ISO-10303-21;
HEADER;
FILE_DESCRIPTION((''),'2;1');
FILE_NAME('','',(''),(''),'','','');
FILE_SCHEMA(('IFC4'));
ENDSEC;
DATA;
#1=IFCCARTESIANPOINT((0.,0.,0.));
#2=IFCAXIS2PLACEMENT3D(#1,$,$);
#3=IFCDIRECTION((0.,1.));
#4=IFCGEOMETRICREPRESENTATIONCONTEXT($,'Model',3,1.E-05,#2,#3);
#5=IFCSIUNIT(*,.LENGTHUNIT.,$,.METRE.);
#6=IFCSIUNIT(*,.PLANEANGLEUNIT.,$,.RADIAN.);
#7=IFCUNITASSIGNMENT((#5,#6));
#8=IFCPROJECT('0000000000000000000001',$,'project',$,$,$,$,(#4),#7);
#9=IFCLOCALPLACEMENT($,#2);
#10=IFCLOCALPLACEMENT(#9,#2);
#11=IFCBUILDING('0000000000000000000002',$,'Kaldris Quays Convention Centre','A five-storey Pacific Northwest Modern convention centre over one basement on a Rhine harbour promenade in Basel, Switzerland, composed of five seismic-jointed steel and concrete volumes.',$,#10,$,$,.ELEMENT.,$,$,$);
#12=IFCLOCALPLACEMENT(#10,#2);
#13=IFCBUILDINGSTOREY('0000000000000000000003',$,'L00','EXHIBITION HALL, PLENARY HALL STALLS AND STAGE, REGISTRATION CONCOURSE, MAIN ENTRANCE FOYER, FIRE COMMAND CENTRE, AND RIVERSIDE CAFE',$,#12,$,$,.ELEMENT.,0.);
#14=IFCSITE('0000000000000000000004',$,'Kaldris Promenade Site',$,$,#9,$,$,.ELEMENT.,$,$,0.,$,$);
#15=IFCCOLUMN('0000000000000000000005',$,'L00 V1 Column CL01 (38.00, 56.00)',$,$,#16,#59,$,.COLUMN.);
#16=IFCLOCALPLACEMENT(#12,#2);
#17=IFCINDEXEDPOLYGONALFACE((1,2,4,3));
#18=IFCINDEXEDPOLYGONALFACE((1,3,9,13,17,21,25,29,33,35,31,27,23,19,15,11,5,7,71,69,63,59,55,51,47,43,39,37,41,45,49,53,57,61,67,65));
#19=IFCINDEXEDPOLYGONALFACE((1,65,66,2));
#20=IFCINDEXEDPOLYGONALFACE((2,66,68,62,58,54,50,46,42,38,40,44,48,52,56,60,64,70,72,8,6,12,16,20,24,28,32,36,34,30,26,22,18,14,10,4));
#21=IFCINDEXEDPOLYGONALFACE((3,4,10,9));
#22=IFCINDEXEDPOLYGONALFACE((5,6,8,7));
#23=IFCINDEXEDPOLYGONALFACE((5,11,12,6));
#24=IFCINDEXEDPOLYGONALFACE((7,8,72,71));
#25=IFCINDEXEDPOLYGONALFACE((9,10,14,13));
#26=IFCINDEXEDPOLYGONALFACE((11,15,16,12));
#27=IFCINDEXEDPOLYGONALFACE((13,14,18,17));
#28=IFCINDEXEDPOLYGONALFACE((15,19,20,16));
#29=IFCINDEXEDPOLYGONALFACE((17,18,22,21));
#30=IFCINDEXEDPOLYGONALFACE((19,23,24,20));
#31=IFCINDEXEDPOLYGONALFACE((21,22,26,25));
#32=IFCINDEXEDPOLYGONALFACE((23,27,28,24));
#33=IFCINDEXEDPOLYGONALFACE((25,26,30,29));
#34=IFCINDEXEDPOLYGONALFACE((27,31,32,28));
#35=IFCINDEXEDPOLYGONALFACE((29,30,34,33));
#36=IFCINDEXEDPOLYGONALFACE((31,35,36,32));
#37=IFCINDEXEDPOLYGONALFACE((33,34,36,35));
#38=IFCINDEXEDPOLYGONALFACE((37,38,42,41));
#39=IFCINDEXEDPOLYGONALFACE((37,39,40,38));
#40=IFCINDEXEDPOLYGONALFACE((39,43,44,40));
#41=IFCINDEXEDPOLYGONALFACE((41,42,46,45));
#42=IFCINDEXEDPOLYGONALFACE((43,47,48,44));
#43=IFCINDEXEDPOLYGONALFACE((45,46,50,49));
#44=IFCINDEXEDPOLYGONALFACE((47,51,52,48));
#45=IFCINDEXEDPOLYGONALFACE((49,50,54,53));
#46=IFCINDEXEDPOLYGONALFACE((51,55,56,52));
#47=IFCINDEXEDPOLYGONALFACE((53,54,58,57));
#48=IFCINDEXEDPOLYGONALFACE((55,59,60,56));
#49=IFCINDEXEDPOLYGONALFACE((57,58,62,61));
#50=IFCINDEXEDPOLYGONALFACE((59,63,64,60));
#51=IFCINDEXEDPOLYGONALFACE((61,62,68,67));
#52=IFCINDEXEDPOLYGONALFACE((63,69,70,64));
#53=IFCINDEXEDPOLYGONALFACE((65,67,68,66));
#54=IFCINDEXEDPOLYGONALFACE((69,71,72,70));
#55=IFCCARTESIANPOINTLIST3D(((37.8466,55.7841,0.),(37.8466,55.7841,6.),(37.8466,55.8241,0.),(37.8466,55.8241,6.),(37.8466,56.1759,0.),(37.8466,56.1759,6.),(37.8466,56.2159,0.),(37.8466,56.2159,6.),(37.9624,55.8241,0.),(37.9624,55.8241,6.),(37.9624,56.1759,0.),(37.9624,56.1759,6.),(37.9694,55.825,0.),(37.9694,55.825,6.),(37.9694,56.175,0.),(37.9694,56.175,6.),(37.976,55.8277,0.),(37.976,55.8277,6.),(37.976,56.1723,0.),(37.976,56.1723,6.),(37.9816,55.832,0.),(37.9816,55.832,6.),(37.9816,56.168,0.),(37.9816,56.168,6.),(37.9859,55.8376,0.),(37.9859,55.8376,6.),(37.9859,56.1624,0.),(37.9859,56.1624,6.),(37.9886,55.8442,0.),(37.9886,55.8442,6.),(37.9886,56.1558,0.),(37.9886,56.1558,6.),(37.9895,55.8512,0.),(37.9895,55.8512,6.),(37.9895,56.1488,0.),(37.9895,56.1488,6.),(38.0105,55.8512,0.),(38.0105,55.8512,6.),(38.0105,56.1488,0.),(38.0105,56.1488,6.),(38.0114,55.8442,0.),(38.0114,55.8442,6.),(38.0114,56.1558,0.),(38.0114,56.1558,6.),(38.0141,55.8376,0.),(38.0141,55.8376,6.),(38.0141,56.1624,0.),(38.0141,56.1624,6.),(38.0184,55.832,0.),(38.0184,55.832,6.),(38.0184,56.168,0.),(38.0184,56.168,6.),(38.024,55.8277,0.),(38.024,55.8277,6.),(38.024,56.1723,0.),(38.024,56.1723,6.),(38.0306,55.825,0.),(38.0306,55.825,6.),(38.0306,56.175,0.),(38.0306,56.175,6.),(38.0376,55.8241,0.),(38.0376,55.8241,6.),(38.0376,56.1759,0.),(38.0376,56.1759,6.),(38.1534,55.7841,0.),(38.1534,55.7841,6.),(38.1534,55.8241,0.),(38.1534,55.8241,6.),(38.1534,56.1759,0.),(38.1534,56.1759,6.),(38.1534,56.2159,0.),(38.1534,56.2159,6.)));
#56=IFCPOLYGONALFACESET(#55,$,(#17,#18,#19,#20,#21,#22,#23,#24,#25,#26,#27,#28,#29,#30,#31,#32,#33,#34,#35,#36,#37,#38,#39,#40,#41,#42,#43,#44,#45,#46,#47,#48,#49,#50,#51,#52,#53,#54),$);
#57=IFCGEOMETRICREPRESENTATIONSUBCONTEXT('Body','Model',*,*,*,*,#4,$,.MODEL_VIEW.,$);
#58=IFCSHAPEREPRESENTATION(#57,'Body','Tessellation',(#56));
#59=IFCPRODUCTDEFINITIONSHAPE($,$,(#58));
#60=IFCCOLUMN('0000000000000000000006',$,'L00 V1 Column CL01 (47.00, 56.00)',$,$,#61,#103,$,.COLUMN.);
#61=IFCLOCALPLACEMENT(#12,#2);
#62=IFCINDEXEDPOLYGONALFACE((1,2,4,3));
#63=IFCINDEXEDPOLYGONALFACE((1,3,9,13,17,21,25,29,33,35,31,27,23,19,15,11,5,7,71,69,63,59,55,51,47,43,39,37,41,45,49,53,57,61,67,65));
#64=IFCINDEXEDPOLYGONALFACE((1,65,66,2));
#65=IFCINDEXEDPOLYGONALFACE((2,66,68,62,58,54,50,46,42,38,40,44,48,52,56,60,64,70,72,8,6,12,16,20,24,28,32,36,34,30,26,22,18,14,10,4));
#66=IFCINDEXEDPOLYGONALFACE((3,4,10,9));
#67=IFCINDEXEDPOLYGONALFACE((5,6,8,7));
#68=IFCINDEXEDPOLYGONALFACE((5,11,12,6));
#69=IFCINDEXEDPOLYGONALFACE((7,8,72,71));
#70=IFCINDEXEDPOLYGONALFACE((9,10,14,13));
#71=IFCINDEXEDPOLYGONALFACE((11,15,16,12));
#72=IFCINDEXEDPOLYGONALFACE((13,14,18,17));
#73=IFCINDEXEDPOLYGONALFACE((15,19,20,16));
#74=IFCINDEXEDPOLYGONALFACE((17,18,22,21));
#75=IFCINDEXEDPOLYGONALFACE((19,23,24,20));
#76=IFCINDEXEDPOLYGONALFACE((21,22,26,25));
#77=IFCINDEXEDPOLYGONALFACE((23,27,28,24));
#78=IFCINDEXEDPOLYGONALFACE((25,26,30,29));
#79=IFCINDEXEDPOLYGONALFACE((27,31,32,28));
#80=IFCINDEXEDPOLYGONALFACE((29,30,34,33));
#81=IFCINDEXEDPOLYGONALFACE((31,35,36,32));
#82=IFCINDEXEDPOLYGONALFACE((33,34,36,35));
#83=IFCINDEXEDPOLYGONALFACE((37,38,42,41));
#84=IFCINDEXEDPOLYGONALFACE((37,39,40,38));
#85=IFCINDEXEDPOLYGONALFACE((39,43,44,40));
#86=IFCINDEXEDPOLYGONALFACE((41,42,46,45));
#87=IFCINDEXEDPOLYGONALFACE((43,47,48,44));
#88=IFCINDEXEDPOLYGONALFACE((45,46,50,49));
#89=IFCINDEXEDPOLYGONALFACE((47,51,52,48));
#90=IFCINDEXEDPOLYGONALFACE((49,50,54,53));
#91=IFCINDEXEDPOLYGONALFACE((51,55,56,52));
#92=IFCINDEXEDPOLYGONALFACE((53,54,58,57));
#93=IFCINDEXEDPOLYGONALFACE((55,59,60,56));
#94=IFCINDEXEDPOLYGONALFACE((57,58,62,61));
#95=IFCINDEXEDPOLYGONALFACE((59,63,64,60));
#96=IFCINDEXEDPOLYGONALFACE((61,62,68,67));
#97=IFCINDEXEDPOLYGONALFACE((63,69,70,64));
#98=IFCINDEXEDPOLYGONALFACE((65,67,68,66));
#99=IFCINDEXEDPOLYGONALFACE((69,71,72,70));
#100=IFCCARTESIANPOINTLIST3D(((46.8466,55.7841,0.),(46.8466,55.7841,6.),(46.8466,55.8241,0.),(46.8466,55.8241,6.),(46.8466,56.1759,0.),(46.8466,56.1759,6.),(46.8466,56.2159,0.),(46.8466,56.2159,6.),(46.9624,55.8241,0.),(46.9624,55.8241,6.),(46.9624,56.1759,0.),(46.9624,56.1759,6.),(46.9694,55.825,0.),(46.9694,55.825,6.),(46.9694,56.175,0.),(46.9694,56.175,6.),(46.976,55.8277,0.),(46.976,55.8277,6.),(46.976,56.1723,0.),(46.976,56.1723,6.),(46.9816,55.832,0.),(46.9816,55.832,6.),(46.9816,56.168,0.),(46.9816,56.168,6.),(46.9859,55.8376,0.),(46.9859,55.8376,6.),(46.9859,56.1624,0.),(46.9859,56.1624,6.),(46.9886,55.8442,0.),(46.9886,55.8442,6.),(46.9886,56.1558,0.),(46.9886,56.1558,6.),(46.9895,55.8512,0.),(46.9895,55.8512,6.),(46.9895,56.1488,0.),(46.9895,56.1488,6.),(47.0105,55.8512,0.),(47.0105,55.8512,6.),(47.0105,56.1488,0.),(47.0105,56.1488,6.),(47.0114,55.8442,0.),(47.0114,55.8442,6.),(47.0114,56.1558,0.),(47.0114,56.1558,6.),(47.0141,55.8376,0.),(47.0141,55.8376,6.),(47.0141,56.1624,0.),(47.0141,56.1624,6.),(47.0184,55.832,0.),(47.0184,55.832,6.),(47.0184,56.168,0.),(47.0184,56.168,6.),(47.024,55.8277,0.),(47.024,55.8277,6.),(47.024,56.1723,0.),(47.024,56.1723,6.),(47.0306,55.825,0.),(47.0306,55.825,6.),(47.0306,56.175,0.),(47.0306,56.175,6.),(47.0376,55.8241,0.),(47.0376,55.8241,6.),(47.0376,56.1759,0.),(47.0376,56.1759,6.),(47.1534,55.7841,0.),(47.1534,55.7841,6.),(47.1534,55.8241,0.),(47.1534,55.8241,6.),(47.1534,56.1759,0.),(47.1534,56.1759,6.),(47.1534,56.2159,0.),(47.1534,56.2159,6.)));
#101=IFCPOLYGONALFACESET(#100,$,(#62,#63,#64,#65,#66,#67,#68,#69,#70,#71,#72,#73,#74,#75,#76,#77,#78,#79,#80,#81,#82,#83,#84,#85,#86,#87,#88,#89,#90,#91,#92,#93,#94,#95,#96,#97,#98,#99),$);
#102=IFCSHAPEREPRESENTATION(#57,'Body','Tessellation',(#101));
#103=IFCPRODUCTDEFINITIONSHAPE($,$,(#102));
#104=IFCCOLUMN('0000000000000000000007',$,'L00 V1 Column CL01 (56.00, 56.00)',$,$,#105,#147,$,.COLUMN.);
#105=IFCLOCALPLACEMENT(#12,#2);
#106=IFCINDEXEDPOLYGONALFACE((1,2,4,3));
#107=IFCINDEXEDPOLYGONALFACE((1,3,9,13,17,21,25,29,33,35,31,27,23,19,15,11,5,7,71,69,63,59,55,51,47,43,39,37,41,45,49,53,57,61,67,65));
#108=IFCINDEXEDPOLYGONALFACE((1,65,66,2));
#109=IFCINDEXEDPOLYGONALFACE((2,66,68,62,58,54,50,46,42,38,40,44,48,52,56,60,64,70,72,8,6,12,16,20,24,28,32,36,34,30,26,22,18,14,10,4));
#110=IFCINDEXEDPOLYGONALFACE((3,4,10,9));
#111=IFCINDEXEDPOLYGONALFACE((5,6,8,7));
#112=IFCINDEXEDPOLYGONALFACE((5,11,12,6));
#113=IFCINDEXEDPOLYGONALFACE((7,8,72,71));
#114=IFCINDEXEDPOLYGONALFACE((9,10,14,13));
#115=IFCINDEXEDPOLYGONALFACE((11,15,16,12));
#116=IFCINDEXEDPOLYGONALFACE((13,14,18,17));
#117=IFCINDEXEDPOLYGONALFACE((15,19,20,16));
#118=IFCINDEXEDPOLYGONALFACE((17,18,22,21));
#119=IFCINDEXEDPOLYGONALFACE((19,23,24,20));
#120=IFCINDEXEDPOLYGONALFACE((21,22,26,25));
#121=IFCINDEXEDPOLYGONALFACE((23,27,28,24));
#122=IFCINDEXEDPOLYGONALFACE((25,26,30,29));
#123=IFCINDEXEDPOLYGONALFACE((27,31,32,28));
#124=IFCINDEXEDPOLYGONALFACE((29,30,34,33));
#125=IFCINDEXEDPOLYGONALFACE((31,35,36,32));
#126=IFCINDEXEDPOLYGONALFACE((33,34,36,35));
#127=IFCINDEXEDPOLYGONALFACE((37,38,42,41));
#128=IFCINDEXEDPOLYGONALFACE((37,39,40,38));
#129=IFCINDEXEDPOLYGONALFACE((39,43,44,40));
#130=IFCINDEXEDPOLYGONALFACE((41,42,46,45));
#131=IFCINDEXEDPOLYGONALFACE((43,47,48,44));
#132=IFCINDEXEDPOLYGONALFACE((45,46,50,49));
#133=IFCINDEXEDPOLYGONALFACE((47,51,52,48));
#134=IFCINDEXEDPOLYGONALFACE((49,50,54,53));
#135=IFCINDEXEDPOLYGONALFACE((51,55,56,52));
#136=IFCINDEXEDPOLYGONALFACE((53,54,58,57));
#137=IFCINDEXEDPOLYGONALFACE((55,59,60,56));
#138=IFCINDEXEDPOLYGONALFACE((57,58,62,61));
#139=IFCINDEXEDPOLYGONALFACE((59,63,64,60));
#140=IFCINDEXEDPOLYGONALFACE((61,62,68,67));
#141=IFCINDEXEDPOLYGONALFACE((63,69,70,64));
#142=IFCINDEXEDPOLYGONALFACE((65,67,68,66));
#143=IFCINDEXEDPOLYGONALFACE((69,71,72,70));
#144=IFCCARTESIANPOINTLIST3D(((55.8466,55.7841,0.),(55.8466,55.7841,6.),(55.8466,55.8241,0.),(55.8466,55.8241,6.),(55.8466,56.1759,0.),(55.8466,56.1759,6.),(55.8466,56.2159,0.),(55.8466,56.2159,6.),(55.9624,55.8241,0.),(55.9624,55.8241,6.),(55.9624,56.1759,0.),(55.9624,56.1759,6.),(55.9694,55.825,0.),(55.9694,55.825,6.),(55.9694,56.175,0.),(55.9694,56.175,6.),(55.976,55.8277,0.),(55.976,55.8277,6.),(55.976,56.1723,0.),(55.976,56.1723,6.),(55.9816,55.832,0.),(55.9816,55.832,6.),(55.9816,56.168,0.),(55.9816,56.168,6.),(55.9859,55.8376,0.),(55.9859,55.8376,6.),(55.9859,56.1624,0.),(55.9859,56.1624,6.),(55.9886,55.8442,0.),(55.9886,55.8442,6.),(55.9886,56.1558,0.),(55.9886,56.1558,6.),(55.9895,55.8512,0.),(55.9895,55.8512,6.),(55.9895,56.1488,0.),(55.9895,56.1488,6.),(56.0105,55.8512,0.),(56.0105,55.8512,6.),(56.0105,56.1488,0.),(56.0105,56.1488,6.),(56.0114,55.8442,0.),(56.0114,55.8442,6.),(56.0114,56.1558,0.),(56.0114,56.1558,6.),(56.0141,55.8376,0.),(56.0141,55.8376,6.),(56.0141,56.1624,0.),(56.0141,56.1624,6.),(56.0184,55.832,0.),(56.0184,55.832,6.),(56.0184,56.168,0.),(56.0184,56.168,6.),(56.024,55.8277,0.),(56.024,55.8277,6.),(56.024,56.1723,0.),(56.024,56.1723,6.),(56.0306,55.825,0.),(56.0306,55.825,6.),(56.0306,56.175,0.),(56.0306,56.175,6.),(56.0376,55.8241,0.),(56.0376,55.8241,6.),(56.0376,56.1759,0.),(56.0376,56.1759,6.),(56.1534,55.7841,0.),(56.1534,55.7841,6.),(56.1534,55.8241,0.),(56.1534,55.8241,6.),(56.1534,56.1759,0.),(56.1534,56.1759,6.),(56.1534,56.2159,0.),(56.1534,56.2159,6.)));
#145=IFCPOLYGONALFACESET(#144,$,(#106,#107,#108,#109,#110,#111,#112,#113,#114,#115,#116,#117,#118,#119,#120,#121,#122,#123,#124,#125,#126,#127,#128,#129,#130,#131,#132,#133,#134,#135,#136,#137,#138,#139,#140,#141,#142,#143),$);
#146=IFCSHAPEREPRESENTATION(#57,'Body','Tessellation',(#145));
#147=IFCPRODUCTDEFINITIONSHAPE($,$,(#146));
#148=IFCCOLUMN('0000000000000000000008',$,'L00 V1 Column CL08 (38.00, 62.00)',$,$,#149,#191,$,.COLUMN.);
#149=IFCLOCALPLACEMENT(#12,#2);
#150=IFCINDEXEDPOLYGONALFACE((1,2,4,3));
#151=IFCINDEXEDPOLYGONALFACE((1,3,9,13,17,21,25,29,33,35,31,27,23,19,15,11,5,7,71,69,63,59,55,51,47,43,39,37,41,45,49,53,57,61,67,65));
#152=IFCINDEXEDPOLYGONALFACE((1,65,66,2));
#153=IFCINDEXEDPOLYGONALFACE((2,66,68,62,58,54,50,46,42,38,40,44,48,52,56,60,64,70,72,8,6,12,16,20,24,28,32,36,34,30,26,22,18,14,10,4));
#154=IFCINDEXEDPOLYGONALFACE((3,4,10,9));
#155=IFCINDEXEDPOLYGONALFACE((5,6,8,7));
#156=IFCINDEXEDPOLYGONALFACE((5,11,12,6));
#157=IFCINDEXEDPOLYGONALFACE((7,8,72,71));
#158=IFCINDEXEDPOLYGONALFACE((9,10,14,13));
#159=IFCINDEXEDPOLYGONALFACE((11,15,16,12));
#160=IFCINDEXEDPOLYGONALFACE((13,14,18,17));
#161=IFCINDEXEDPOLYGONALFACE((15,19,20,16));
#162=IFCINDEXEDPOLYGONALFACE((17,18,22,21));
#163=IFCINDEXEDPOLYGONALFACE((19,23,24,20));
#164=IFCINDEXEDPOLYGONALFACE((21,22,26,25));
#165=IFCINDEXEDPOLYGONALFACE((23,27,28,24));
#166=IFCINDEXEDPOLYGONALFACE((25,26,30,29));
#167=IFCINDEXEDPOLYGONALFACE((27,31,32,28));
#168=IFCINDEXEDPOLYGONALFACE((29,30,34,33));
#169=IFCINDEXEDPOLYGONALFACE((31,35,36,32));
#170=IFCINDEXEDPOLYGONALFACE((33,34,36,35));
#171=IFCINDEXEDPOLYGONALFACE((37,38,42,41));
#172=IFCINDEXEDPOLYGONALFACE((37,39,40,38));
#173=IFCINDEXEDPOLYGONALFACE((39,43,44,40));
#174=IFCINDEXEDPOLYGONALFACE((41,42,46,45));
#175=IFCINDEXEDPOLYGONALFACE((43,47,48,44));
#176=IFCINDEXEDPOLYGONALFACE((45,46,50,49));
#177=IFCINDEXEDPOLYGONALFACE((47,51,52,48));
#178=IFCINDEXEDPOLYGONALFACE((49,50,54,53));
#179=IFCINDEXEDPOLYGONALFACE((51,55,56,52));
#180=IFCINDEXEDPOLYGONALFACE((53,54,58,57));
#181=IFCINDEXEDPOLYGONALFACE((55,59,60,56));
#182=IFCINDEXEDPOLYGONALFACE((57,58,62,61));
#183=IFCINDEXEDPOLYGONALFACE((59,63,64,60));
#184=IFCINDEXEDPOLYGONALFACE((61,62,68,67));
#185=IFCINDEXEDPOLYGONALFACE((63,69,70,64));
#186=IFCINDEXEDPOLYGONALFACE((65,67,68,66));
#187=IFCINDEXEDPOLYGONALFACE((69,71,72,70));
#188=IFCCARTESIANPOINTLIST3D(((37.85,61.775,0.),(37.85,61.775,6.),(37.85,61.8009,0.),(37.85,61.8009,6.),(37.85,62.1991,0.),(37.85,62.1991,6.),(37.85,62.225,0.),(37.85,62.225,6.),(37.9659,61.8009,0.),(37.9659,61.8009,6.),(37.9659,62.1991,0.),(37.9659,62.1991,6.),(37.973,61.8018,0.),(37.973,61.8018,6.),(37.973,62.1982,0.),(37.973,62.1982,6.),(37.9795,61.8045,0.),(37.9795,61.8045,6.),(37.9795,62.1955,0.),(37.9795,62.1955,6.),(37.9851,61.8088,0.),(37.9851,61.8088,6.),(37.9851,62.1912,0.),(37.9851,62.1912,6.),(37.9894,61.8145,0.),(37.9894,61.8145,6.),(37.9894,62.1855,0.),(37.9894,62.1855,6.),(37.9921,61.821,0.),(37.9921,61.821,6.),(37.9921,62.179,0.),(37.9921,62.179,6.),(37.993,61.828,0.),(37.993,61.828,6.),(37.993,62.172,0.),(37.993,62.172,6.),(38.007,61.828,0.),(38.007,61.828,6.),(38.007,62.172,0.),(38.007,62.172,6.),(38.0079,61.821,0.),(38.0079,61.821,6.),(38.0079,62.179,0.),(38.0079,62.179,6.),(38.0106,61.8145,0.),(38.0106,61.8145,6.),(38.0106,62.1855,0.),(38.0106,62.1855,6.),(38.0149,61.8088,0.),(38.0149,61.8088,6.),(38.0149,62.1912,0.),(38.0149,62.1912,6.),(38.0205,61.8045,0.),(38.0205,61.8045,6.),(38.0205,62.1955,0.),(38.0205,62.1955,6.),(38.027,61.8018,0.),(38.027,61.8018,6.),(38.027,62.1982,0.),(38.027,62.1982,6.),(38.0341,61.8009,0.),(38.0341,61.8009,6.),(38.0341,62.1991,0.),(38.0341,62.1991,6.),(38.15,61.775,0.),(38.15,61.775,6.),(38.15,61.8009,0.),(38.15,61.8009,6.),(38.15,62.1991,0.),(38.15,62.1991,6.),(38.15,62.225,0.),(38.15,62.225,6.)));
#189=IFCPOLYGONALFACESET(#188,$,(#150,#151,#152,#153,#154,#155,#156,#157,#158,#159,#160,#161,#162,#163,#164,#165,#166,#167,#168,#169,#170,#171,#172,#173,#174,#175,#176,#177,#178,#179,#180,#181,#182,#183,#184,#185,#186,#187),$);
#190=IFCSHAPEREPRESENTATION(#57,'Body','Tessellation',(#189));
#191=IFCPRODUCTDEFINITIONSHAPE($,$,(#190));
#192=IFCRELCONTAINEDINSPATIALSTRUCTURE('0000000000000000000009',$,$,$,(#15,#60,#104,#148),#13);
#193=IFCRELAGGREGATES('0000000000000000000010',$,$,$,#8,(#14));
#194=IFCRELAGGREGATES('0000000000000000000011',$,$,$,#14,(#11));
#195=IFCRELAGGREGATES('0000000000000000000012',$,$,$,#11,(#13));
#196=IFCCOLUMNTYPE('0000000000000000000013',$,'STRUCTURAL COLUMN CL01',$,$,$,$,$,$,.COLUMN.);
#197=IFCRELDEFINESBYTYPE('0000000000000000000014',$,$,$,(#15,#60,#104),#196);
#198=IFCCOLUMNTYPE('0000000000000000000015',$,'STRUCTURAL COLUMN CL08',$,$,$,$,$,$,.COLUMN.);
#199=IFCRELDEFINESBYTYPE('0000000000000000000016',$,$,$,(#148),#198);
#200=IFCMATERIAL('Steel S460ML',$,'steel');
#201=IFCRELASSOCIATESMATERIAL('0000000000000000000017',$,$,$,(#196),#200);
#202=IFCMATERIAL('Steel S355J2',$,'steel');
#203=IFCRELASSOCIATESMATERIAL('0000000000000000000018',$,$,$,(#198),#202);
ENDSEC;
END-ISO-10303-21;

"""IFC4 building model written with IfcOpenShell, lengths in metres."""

from ifc_helpers import new_model, si_unit, direction, frame, origin, origin_2d, place, context, subcontext, project, spatial, i_section, extrude, material, material_profile, profile_set, type_object, element, save


model = new_model("IFC4")

# Units and contexts
model_context = context("Model", 3, precision=1e-05, world=origin(), true_north=direction((0.0, 1.0)))
body_context = subcontext(model_context, "Body", "Model", "MODEL_VIEW")
ifc_project = project(units=[si_unit("LENGTHUNIT", "METRE"), si_unit("PLANEANGLEUNIT", "RADIAN")], contexts=[model_context])

# Site, building, storey
site_placement = place(None, origin())
site = spatial("IfcSite", under=ifc_project, at=site_placement, Name="Kaldris Promenade Site", CompositionType="ELEMENT", RefElevation=0.0)
building_placement = place(site_placement, origin())
building = spatial("IfcBuilding", under=site, at=building_placement, Name="Kaldris Quays Convention Centre", Description="A five-storey Pacific Northwest Modern convention centre over one basement on a Rhine harbour promenade in Basel, Switzerland, composed of five seismic-jointed steel and concrete volumes.", CompositionType="ELEMENT")
storey_placement = place(building_placement, origin())
storey = spatial("IfcBuildingStorey", under=building, at=storey_placement, Name="L00", Description="EXHIBITION HALL, PLENARY HALL STALLS AND STAGE, REGISTRATION CONCOURSE, MAIN ENTRANCE FOYER, FIRE COMMAND CENTRE, AND RIVERSIDE CAFE", CompositionType="ELEMENT", Elevation=0.0)

# Columns
ifc_material_1 = material(Name="Steel S460ML", Category="steel")
ifc_material_profile_1 = material_profile(ifc_material_1, i_section(OverallWidth=0.3069, OverallDepth=0.4319, WebThickness=0.021, FlangeThickness=0.04, FilletRadius=0.0271, at=origin_2d()), Name="HEM 400")
ifc_profile_set_1 = profile_set([ifc_material_profile_1], Name="Steel S460ML")
column_type_1 = type_object("IfcColumnType", Name="STRUCTURAL COLUMN CL01", PredefinedType="COLUMN", material=ifc_profile_set_1)
for number, where, z_axis, x_axis, name in (
    (1, (38.0, 56.0, 0.0), (0.0, 0.0, 1.0), (1.0, 0.0, 0.0), "L00 V1 Column CL01 (38.00, 56.00)"),
    (2, (47.0, 56.0, 0.0), (0.0, 0.0, 1.0), (1.0, 0.0, 0.0), "L00 V1 Column CL01 (47.00, 56.00)"),
    (3, (56.0, 56.0, 0.0), (0.0, 0.0, 1.0), (1.0, 0.0, 0.0), "L00 V1 Column CL01 (56.00, 56.00)"),
):
    element("IfcColumn", number, at=place(storey_placement, frame(where, z_axis=z_axis, x_axis=x_axis)), inside=storey, type_object=column_type_1, Name=name, PredefinedType="COLUMN", context=body_context, shape_type="SweptSolid", body=[
        extrude(i_section(OverallWidth=0.3069, OverallDepth=0.4319, WebThickness=0.021, FlangeThickness=0.04, FilletRadius=0.0271, at=origin_2d()), origin(), (0.0, 0.0, 1.0), 6.0),
    ])
ifc_material_2 = material(Name="Steel S355J2", Category="steel")
ifc_material_profile_2 = material_profile(ifc_material_2, i_section(OverallWidth=0.3, OverallDepth=0.45, WebThickness=0.0139, FlangeThickness=0.0259, FilletRadius=0.0271, at=origin_2d()), Name="HEB 450")
ifc_profile_set_2 = profile_set([ifc_material_profile_2], Name="Steel S355J2")
column_type_2 = type_object("IfcColumnType", Name="STRUCTURAL COLUMN CL08", PredefinedType="COLUMN", material=ifc_profile_set_2)
for number, where, z_axis, x_axis, name in (
    (4, (38.0, 62.0, 0.0), (0.0, 0.0, 1.0), (1.0, 0.0, 0.0), "L00 V1 Column CL08 (38.00, 62.00)"),
):
    element("IfcColumn", number, at=place(storey_placement, frame(where, z_axis=z_axis, x_axis=x_axis)), inside=storey, type_object=column_type_2, Name=name, PredefinedType="COLUMN", context=body_context, shape_type="SweptSolid", body=[
        extrude(i_section(OverallWidth=0.3, OverallDepth=0.45, WebThickness=0.0139, FlangeThickness=0.0259, FilletRadius=0.0271, at=origin_2d()), origin(), (0.0, 0.0, 1.0), 6.0),
    ])

save(model, "model.ifc")
